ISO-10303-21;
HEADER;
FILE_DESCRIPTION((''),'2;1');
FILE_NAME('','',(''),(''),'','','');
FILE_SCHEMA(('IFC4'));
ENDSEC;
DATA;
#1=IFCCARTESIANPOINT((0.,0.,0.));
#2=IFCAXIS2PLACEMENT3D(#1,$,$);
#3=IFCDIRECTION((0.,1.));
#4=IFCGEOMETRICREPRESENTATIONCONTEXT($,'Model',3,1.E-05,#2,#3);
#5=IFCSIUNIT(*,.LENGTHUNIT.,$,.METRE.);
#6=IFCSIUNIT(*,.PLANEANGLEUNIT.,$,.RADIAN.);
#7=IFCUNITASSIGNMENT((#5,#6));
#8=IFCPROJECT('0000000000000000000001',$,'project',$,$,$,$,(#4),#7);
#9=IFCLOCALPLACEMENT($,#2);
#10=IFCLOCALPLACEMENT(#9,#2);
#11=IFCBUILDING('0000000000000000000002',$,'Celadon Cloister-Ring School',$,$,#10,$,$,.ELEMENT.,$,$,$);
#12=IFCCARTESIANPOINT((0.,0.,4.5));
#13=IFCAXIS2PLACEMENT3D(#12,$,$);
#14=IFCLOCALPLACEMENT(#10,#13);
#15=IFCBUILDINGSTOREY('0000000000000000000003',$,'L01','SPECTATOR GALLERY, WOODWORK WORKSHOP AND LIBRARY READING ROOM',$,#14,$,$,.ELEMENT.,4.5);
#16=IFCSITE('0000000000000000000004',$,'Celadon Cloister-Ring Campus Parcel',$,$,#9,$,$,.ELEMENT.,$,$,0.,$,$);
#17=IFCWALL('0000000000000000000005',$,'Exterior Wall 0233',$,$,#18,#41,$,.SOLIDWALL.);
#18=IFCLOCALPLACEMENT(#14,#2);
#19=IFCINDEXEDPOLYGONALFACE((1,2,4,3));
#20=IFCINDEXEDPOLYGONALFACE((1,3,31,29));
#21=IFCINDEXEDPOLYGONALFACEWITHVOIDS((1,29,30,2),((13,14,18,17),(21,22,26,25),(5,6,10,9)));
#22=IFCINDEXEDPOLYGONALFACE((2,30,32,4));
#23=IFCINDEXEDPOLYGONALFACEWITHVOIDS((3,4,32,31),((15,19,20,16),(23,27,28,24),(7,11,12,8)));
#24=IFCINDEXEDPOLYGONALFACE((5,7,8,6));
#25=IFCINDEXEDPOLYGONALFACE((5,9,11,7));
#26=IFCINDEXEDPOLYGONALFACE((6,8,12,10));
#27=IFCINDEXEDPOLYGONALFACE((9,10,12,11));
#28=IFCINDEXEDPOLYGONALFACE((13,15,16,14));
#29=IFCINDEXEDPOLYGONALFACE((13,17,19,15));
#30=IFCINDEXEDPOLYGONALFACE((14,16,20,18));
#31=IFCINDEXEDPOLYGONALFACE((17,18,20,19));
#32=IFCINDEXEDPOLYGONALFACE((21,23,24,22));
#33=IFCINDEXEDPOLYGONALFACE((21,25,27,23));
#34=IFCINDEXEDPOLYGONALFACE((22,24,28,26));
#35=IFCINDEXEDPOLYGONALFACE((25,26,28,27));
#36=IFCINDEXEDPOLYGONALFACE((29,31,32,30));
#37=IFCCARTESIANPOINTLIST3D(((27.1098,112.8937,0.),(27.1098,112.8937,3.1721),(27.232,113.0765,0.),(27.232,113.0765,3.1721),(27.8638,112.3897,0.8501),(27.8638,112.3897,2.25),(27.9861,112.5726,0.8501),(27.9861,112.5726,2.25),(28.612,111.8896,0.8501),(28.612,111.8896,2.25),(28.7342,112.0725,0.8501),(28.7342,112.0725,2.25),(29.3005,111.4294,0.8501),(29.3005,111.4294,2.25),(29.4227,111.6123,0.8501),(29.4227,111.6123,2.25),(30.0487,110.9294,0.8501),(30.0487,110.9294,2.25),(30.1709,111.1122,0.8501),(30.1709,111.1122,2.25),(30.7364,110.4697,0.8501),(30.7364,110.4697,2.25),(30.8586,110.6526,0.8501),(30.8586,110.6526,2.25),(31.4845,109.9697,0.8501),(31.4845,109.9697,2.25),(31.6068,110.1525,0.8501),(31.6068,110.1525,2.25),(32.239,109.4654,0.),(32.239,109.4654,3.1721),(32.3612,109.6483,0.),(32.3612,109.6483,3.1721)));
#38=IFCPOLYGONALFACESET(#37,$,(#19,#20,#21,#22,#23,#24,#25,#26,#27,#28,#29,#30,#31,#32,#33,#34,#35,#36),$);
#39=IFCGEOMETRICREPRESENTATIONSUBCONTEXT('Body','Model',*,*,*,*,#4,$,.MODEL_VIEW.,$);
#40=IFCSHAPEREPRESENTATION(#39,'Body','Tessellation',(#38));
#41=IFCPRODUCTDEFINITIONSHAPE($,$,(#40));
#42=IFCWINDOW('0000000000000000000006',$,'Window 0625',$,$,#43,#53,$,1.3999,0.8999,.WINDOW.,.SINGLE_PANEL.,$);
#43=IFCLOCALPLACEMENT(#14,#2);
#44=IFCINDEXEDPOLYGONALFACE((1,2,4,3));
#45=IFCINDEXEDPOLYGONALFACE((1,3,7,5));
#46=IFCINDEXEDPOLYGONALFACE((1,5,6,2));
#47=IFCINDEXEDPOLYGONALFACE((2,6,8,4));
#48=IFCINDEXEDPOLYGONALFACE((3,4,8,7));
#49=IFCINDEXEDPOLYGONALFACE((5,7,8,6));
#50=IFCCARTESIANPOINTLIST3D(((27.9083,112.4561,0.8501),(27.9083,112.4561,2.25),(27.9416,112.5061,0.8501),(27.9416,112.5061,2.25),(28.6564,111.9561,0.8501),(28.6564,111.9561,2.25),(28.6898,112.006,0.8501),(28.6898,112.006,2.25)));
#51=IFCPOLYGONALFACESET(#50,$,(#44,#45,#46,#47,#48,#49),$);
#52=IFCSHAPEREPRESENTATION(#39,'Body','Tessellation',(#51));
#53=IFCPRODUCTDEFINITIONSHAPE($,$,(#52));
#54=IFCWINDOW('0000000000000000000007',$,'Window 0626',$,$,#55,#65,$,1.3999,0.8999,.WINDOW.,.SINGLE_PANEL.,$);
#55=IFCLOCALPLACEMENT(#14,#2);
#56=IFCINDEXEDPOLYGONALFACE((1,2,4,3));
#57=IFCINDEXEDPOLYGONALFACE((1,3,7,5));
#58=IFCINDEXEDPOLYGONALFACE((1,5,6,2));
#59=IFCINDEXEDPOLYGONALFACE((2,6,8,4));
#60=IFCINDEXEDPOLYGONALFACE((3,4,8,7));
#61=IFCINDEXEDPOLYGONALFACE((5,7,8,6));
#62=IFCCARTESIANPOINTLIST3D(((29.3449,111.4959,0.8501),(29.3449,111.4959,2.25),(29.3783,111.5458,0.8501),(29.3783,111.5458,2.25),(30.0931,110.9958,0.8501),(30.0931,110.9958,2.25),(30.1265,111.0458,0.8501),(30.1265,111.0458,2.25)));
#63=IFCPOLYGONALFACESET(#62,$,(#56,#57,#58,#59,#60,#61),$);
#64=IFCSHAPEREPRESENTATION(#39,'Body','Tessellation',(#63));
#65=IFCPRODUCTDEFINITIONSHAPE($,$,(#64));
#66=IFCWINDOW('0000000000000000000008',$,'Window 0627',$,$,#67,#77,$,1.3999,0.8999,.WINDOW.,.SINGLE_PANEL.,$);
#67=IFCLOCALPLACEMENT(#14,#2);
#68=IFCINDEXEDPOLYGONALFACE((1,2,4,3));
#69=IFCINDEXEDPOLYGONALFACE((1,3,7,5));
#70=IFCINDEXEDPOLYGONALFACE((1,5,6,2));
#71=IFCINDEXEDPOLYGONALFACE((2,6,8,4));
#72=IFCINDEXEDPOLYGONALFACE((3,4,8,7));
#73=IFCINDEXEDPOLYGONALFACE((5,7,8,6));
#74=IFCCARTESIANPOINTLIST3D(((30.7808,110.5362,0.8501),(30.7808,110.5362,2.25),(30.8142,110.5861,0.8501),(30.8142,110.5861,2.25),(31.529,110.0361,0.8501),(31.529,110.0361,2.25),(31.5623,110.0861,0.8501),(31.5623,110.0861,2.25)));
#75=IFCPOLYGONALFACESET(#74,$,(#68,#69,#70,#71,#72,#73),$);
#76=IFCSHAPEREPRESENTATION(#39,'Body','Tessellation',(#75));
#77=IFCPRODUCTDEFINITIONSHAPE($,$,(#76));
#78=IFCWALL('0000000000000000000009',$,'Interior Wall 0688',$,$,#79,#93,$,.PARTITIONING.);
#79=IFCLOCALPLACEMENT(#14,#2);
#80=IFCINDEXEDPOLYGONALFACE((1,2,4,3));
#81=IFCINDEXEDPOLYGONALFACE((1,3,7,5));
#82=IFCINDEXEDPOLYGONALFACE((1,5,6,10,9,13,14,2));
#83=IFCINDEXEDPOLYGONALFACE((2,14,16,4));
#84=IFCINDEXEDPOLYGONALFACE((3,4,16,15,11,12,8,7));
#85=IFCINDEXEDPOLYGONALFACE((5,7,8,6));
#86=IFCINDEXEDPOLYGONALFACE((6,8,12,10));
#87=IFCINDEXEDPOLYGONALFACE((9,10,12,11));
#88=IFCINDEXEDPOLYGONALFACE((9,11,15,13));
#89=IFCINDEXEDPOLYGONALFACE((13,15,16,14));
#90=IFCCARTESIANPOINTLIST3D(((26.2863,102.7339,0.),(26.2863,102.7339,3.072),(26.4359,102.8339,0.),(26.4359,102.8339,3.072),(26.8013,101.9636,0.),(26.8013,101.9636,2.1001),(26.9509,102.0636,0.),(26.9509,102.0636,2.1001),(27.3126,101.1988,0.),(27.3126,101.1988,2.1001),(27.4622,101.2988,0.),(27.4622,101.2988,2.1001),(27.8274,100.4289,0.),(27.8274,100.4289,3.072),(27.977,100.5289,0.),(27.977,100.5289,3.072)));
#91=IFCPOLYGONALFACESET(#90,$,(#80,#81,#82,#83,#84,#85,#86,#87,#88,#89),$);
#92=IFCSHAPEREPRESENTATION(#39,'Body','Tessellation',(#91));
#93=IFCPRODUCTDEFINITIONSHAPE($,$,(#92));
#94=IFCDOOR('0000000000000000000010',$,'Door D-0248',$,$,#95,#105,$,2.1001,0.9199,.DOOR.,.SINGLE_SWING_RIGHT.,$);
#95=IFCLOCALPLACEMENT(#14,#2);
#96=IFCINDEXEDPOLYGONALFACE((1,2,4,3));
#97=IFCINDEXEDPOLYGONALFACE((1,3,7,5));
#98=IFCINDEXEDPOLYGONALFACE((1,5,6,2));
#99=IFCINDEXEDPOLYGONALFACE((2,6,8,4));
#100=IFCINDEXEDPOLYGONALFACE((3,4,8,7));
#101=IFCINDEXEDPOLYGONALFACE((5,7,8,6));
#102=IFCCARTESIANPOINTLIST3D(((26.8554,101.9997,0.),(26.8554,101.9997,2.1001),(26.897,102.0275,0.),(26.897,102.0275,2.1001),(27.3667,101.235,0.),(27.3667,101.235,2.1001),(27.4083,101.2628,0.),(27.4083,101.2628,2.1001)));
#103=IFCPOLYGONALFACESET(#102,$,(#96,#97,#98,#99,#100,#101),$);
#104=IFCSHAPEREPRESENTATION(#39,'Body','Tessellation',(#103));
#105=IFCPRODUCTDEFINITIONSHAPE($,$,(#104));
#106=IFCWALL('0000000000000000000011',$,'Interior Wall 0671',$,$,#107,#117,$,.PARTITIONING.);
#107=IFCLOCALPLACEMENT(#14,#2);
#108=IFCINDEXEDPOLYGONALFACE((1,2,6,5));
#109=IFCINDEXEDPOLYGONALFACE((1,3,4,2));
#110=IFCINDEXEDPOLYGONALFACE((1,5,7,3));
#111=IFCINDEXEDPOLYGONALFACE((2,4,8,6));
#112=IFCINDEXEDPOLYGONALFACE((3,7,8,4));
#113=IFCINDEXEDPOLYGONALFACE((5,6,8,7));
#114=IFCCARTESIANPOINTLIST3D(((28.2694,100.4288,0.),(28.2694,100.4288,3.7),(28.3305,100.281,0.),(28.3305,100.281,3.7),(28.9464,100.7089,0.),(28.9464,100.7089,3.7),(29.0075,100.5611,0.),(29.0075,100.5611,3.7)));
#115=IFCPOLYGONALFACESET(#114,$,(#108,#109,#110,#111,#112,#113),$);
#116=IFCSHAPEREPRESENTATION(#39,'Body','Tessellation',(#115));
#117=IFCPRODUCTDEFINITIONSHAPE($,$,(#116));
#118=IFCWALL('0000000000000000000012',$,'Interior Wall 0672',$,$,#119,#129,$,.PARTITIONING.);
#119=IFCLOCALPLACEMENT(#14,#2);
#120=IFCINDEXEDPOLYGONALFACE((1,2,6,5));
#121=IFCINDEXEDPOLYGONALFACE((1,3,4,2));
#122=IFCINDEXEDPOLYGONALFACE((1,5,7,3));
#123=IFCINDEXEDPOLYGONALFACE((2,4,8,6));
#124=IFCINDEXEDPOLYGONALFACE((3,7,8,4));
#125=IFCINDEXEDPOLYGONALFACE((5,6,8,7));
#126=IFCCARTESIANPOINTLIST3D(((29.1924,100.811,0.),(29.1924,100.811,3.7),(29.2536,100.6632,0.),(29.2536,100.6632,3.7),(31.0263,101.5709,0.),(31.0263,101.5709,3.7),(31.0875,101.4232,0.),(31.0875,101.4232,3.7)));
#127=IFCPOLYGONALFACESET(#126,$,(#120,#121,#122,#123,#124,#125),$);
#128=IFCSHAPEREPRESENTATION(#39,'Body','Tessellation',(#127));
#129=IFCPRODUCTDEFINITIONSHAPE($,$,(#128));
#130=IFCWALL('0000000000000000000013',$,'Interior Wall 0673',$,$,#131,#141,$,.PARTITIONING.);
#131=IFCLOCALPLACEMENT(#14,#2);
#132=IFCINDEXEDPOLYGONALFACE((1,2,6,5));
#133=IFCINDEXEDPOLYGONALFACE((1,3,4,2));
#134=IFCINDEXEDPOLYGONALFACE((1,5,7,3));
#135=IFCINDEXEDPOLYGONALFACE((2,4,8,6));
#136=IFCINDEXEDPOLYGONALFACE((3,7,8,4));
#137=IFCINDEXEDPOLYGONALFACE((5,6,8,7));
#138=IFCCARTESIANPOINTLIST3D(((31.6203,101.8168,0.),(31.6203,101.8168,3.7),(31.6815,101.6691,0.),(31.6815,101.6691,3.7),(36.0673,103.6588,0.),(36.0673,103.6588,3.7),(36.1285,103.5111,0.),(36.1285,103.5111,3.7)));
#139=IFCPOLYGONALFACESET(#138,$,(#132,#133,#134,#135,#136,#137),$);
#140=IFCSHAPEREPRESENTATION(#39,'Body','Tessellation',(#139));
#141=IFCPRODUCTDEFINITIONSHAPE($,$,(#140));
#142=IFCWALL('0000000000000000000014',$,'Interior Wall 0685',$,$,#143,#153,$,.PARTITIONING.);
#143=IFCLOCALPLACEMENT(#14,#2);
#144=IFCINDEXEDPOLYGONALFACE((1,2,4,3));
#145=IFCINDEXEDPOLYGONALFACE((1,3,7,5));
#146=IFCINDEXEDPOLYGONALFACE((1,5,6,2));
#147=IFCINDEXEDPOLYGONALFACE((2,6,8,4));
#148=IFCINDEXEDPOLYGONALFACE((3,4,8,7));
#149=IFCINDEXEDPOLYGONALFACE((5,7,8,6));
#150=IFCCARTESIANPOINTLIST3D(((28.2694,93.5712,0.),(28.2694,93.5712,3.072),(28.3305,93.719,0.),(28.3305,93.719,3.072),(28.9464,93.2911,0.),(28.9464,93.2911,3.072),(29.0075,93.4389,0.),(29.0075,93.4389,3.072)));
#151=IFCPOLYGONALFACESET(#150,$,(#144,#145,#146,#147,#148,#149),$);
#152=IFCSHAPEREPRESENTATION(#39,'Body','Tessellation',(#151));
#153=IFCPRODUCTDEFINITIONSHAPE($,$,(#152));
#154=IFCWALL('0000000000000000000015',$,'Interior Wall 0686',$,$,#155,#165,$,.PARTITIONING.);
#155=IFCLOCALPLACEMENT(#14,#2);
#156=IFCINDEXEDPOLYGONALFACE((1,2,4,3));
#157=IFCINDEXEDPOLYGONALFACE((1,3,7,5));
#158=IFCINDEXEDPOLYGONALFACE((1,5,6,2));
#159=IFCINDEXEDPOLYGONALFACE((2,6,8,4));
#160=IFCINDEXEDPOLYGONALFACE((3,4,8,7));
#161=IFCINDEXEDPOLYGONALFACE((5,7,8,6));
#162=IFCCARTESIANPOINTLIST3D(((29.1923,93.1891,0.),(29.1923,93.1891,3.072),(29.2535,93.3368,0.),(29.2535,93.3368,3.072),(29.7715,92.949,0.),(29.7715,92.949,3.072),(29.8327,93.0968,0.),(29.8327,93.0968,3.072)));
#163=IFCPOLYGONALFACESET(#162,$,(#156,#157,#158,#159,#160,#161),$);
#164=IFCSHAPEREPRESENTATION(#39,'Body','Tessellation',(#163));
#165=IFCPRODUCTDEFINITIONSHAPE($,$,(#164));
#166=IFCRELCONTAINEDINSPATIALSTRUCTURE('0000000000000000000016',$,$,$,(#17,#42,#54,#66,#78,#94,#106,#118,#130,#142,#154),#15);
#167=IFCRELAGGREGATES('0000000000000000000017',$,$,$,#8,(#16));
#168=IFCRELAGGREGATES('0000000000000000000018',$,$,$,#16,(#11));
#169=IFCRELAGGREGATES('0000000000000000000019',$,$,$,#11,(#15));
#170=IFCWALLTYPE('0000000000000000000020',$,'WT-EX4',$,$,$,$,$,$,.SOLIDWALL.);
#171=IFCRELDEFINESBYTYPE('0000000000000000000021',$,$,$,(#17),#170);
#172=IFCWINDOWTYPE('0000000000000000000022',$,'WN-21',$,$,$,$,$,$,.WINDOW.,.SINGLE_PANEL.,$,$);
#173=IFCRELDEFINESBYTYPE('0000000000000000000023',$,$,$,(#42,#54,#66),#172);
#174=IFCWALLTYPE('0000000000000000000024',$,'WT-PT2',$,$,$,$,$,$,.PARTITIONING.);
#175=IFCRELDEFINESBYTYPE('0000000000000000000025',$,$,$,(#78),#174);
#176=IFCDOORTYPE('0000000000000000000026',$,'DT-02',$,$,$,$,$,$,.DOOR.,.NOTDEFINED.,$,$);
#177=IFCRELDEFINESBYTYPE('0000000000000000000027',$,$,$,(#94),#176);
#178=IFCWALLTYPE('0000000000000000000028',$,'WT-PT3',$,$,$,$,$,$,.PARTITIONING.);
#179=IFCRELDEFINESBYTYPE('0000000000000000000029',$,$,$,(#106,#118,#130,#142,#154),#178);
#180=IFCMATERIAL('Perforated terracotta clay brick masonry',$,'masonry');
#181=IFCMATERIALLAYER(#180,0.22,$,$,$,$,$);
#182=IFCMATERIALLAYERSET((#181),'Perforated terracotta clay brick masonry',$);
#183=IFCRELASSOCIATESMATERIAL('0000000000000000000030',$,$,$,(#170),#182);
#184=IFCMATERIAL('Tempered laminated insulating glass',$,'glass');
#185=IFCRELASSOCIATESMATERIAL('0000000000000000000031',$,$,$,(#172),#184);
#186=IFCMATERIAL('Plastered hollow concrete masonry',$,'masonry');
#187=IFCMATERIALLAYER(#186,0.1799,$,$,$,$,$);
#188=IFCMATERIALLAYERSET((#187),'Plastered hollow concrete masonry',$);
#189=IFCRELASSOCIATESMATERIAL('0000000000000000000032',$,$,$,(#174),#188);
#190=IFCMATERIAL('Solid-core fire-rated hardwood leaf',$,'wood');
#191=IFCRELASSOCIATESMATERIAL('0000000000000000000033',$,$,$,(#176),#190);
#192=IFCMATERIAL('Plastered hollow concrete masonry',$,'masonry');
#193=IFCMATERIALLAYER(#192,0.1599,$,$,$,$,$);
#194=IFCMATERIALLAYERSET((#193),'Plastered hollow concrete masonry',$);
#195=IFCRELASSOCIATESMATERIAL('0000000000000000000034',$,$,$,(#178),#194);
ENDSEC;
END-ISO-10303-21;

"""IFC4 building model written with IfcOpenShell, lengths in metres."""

from ifc_helpers import new_model, si_unit, direction, frame, frame_2d, origin, place, context, subcontext, project, spatial, rectangle, extrude, material, layer, layer_set, type_object, element, fill, save


model = new_model("IFC4")

# Units and contexts
model_context = context("Model", 3, precision=1e-05, world=origin(), true_north=direction((0.0, 1.0)))
body_context = subcontext(model_context, "Body", "Model", "MODEL_VIEW")
ifc_project = project(units=[si_unit("LENGTHUNIT", "METRE"), si_unit("PLANEANGLEUNIT", "RADIAN")], contexts=[model_context])

# Site, building, storey
site_placement = place(None, origin())
site = spatial("IfcSite", under=ifc_project, at=site_placement, Name="Celadon Cloister-Ring Campus Parcel", CompositionType="ELEMENT", RefElevation=0.0)
building_placement = place(site_placement, origin())
building = spatial("IfcBuilding", under=site, at=building_placement, Name="Celadon Cloister-Ring School", CompositionType="ELEMENT")
storey_placement = place(building_placement, frame((0.0, 0.0, 4.5)))
storey = spatial("IfcBuildingStorey", under=building, at=storey_placement, Name="L01", Description="SPECTATOR GALLERY, WOODWORK WORKSHOP AND LIBRARY READING ROOM", CompositionType="ELEMENT", Elevation=4.5)

# Wall, openings, windows
ifc_material_1 = material(Name="Perforated terracotta clay brick masonry", Category="masonry")
ifc_layer_1 = layer(ifc_material_1, 0.22)
ifc_layer_set_1 = layer_set([ifc_layer_1], Name="Perforated terracotta clay brick masonry")
wall_type_1 = type_object("IfcWallType", Name="WT-EX4", PredefinedType="SOLIDWALL", material=ifc_layer_set_1)
wall_1_placement = place(storey_placement, frame((27.1709, 112.9851, 0.0), z_axis=(0.0, 0.0, 1.0), x_axis=(0.831392, -0.555686, 0.0)))
wall_1 = element("IfcWall", 1, at=wall_1_placement, inside=storey, type_object=wall_type_1, Name="Exterior Wall 0233", PredefinedType="SOLIDWALL", context=body_context, shape_type="SweptSolid", body=[
    extrude(rectangle(XDim=6.1694, YDim=0.22, at=frame_2d((3.0847, 0.0))), origin(), (0.0, 0.0, 1.0), 3.1721),
])
opening_1_placement = place(wall_1_placement, frame((0.907, 0.0, 0.8501)))
opening_1 = element("IfcOpeningElement", 2, at=opening_1_placement, cuts=wall_1, PredefinedType="OPENING", context=body_context, shape_type="SweptSolid", body=[
    extrude(rectangle(XDim=0.8999, YDim=1.3999, at=frame_2d((0.45, 0.7))), frame((0.0, 0.1201, 0.0), z_axis=(0.0, -1.0, 0.0), x_axis=(1.0, 0.0, 0.0)), (0.0, 0.0, 1.0), 0.24),
])
opening_2_placement = place(wall_1_placement, frame((2.635, 0.0, 0.8501)))
opening_2 = element("IfcOpeningElement", 3, at=opening_2_placement, cuts=wall_1, PredefinedType="OPENING", context=body_context, shape_type="SweptSolid", body=[
    extrude(rectangle(XDim=0.8999, YDim=1.3999, at=frame_2d((0.45, 0.7))), frame((0.0, 0.1201, 0.0), z_axis=(0.0, -1.0, 0.0), x_axis=(1.0, 0.0, 0.0)), (0.0, 0.0, 1.0), 0.24),
])
opening_3_placement = place(wall_1_placement, frame((4.3621, 0.0, 0.8501)))
opening_3 = element("IfcOpeningElement", 4, at=opening_3_placement, cuts=wall_1, PredefinedType="OPENING", context=body_context, shape_type="SweptSolid", body=[
    extrude(rectangle(XDim=0.8999, YDim=1.3999, at=frame_2d((0.45, 0.7))), frame((0.0, 0.1201, 0.0), z_axis=(0.0, -1.0, 0.0), x_axis=(1.0, 0.0, 0.0)), (0.0, 0.0, 1.0), 0.24),
])
ifc_material_2 = material(Name="Tempered laminated insulating glass", Category="glass")
window_type = type_object("IfcWindowType", Name="WN-21", PartitioningType="SINGLE_PANEL", PredefinedType="WINDOW", material=ifc_material_2)
window_1_placement = place(opening_1_placement, origin())
window_1 = element("IfcWindow", 5, at=window_1_placement, inside=storey, type_object=window_type, Name="Window 0625", OverallHeight=1.3999, OverallWidth=0.8999, PartitioningType="SINGLE_PANEL", PredefinedType="WINDOW", context=body_context, shape_type="SweptSolid", body=[
    extrude(rectangle(XDim=0.8999, YDim=1.3999, at=frame_2d((0.45, 0.7))), frame((0.0, 0.03, 0.0), z_axis=(0.0, -1.0, 0.0), x_axis=(1.0, 0.0, 0.0)), (0.0, 0.0, 1.0), 0.0601),
])
fill(opening_1, window_1)
window_2_placement = place(opening_2_placement, origin())
window_2 = element("IfcWindow", 6, at=window_2_placement, inside=storey, type_object=window_type, Name="Window 0626", OverallHeight=1.3999, OverallWidth=0.8999, PartitioningType="SINGLE_PANEL", PredefinedType="WINDOW", context=body_context, shape_type="SweptSolid", body=[
    extrude(rectangle(XDim=0.8999, YDim=1.3999, at=frame_2d((0.45, 0.7))), frame((0.0, 0.03, 0.0), z_axis=(0.0, -1.0, 0.0), x_axis=(1.0, 0.0, 0.0)), (0.0, 0.0, 1.0), 0.0601),
])
fill(opening_2, window_2)
window_3_placement = place(opening_3_placement, origin())
window_3 = element("IfcWindow", 7, at=window_3_placement, inside=storey, type_object=window_type, Name="Window 0627", OverallHeight=1.3999, OverallWidth=0.8999, PartitioningType="SINGLE_PANEL", PredefinedType="WINDOW", context=body_context, shape_type="SweptSolid", body=[
    extrude(rectangle(XDim=0.8999, YDim=1.3999, at=frame_2d((0.45, 0.7))), frame((0.0, 0.03, 0.0), z_axis=(0.0, -1.0, 0.0), x_axis=(1.0, 0.0, 0.0)), (0.0, 0.0, 1.0), 0.0601),
])
fill(opening_3, window_3)

# Wall, opening, door
ifc_material_3 = material(Name="Plastered hollow concrete masonry", Category="masonry")
ifc_layer_2 = layer(ifc_material_3, 0.1799)
ifc_layer_set_2 = layer_set([ifc_layer_2], Name="Plastered hollow concrete masonry")
wall_type_2 = type_object("IfcWallType", Name="WT-PT2", PredefinedType="PARTITIONING", material=ifc_layer_set_2)
wall_2_placement = place(storey_placement, frame((27.9021, 100.479, 0.0), z_axis=(0.0, 0.0, 1.0), x_axis=(-0.555797, 0.831318, 0.0)))
wall_2 = element("IfcWall", 8, at=wall_2_placement, inside=storey, type_object=wall_type_2, Name="Interior Wall 0688", PredefinedType="PARTITIONING", context=body_context, shape_type="SweptSolid", body=[
    extrude(rectangle(XDim=2.7727, YDim=0.1799, at=frame_2d((1.3862, 0.0))), origin(), (0.0, 0.0, 1.0), 3.072),
])
opening_4_placement = place(wall_2_placement, frame((0.926, 0.0, 0.0)))
opening_4 = element("IfcOpeningElement", 9, at=opening_4_placement, cuts=wall_2, PredefinedType="OPENING", context=body_context, shape_type="SweptSolid", body=[
    extrude(rectangle(XDim=0.9199, YDim=2.1001, at=frame_2d((0.46, 1.05))), frame((0.0, 0.1001, 0.0), z_axis=(0.0, -1.0, 0.0), x_axis=(1.0, 0.0, 0.0)), (0.0, 0.0, 1.0), 0.2),
])
ifc_material_4 = material(Name="Solid-core fire-rated hardwood leaf", Category="wood")
door_type_1 = type_object("IfcDoorType", Name="DT-02", OperationType="NOTDEFINED", PredefinedType="DOOR", material=ifc_material_4)
door_1_placement = place(opening_4_placement, origin())
door_1 = element("IfcDoor", 10, at=door_1_placement, inside=storey, type_object=door_type_1, Name="Door D-0248", OperationType="SINGLE_SWING_RIGHT", OverallHeight=2.1001, OverallWidth=0.9199, PredefinedType="DOOR", context=body_context, shape_type="SweptSolid", body=[
    extrude(rectangle(XDim=0.9199, YDim=2.1001, at=frame_2d((0.46, 1.05))), frame((0.0, 0.0249, 0.0), z_axis=(0.0, -1.0, 0.0), x_axis=(1.0, 0.0, 0.0)), (0.0, 0.0, 1.0), 0.05),
])
fill(opening_4, door_1)

# Walls
ifc_material_5 = material(Name="Plastered hollow concrete masonry", Category="masonry")
ifc_layer_3 = layer(ifc_material_5, 0.1599)
ifc_layer_set_3 = layer_set([ifc_layer_3], Name="Plastered hollow concrete masonry")
wall_type_3 = type_object("IfcWallType", Name="WT-PT3", PredefinedType="PARTITIONING", material=ifc_layer_set_3)
wall_3_placement = place(storey_placement, frame((28.3, 100.355, 0.0), z_axis=(0.0, 0.0, 1.0), x_axis=(0.92407, 0.382224, 0.0)))
element("IfcWall", 11, at=wall_3_placement, inside=storey, type_object=wall_type_3, Name="Interior Wall 0671", PredefinedType="PARTITIONING", context=body_context, shape_type="SweptSolid", body=[
    extrude(rectangle(XDim=0.7327, YDim=0.1599, at=frame_2d((0.3662, 0.0))), origin(), (0.0, 0.0, 1.0), 3.7),
])
wall_4_placement = place(storey_placement, frame((29.2229, 100.7371, 0.0), z_axis=(0.0, 0.0, 1.0), x_axis=(0.923817, 0.382833, 0.0)))
element("IfcWall", 12, at=wall_4_placement, inside=storey, type_object=wall_type_3, Name="Interior Wall 0672", PredefinedType="PARTITIONING", context=body_context, shape_type="SweptSolid", body=[
    extrude(rectangle(XDim=1.9851, YDim=0.1599, at=frame_2d((0.9927, 0.0))), origin(), (0.0, 0.0, 1.0), 3.7),
])
wall_5_placement = place(storey_placement, frame((31.6509, 101.7429, 0.0), z_axis=(0.0, 0.0, 1.0), x_axis=(0.923878, 0.382688, 0.0)))
element("IfcWall", 13, at=wall_5_placement, inside=storey, type_object=wall_type_3, Name="Interior Wall 0673", PredefinedType="PARTITIONING", context=body_context, shape_type="SweptSolid", body=[
    extrude(rectangle(XDim=4.8135, YDim=0.1599, at=frame_2d((2.4067, 0.0))), origin(), (0.0, 0.0, 1.0), 3.7),
])
wall_6_placement = place(storey_placement, frame((28.3, 93.645, 0.0), z_axis=(0.0, 0.0, 1.0), x_axis=(0.92407, -0.382224, 0.0)))
element("IfcWall", 14, at=wall_6_placement, inside=storey, type_object=wall_type_3, Name="Interior Wall 0685", PredefinedType="PARTITIONING", context=body_context, shape_type="SweptSolid", body=[
    extrude(rectangle(XDim=0.7327, YDim=0.1599, at=frame_2d((0.3662, 0.0))), origin(), (0.0, 0.0, 1.0), 3.072),
])
wall_7_placement = place(storey_placement, frame((29.2229, 93.2629, 0.0), z_axis=(0.0, 0.0, 1.0), x_axis=(0.923813, -0.382845, 0.0)))
element("IfcWall", 15, at=wall_7_placement, inside=storey, type_object=wall_type_3, Name="Interior Wall 0686", PredefinedType="PARTITIONING", context=body_context, shape_type="SweptSolid", body=[
    extrude(rectangle(XDim=0.627, YDim=0.1599, at=frame_2d((0.3135, 0.0))), origin(), (0.0, 0.0, 1.0), 3.072),
])

save(model, "model.ifc")
